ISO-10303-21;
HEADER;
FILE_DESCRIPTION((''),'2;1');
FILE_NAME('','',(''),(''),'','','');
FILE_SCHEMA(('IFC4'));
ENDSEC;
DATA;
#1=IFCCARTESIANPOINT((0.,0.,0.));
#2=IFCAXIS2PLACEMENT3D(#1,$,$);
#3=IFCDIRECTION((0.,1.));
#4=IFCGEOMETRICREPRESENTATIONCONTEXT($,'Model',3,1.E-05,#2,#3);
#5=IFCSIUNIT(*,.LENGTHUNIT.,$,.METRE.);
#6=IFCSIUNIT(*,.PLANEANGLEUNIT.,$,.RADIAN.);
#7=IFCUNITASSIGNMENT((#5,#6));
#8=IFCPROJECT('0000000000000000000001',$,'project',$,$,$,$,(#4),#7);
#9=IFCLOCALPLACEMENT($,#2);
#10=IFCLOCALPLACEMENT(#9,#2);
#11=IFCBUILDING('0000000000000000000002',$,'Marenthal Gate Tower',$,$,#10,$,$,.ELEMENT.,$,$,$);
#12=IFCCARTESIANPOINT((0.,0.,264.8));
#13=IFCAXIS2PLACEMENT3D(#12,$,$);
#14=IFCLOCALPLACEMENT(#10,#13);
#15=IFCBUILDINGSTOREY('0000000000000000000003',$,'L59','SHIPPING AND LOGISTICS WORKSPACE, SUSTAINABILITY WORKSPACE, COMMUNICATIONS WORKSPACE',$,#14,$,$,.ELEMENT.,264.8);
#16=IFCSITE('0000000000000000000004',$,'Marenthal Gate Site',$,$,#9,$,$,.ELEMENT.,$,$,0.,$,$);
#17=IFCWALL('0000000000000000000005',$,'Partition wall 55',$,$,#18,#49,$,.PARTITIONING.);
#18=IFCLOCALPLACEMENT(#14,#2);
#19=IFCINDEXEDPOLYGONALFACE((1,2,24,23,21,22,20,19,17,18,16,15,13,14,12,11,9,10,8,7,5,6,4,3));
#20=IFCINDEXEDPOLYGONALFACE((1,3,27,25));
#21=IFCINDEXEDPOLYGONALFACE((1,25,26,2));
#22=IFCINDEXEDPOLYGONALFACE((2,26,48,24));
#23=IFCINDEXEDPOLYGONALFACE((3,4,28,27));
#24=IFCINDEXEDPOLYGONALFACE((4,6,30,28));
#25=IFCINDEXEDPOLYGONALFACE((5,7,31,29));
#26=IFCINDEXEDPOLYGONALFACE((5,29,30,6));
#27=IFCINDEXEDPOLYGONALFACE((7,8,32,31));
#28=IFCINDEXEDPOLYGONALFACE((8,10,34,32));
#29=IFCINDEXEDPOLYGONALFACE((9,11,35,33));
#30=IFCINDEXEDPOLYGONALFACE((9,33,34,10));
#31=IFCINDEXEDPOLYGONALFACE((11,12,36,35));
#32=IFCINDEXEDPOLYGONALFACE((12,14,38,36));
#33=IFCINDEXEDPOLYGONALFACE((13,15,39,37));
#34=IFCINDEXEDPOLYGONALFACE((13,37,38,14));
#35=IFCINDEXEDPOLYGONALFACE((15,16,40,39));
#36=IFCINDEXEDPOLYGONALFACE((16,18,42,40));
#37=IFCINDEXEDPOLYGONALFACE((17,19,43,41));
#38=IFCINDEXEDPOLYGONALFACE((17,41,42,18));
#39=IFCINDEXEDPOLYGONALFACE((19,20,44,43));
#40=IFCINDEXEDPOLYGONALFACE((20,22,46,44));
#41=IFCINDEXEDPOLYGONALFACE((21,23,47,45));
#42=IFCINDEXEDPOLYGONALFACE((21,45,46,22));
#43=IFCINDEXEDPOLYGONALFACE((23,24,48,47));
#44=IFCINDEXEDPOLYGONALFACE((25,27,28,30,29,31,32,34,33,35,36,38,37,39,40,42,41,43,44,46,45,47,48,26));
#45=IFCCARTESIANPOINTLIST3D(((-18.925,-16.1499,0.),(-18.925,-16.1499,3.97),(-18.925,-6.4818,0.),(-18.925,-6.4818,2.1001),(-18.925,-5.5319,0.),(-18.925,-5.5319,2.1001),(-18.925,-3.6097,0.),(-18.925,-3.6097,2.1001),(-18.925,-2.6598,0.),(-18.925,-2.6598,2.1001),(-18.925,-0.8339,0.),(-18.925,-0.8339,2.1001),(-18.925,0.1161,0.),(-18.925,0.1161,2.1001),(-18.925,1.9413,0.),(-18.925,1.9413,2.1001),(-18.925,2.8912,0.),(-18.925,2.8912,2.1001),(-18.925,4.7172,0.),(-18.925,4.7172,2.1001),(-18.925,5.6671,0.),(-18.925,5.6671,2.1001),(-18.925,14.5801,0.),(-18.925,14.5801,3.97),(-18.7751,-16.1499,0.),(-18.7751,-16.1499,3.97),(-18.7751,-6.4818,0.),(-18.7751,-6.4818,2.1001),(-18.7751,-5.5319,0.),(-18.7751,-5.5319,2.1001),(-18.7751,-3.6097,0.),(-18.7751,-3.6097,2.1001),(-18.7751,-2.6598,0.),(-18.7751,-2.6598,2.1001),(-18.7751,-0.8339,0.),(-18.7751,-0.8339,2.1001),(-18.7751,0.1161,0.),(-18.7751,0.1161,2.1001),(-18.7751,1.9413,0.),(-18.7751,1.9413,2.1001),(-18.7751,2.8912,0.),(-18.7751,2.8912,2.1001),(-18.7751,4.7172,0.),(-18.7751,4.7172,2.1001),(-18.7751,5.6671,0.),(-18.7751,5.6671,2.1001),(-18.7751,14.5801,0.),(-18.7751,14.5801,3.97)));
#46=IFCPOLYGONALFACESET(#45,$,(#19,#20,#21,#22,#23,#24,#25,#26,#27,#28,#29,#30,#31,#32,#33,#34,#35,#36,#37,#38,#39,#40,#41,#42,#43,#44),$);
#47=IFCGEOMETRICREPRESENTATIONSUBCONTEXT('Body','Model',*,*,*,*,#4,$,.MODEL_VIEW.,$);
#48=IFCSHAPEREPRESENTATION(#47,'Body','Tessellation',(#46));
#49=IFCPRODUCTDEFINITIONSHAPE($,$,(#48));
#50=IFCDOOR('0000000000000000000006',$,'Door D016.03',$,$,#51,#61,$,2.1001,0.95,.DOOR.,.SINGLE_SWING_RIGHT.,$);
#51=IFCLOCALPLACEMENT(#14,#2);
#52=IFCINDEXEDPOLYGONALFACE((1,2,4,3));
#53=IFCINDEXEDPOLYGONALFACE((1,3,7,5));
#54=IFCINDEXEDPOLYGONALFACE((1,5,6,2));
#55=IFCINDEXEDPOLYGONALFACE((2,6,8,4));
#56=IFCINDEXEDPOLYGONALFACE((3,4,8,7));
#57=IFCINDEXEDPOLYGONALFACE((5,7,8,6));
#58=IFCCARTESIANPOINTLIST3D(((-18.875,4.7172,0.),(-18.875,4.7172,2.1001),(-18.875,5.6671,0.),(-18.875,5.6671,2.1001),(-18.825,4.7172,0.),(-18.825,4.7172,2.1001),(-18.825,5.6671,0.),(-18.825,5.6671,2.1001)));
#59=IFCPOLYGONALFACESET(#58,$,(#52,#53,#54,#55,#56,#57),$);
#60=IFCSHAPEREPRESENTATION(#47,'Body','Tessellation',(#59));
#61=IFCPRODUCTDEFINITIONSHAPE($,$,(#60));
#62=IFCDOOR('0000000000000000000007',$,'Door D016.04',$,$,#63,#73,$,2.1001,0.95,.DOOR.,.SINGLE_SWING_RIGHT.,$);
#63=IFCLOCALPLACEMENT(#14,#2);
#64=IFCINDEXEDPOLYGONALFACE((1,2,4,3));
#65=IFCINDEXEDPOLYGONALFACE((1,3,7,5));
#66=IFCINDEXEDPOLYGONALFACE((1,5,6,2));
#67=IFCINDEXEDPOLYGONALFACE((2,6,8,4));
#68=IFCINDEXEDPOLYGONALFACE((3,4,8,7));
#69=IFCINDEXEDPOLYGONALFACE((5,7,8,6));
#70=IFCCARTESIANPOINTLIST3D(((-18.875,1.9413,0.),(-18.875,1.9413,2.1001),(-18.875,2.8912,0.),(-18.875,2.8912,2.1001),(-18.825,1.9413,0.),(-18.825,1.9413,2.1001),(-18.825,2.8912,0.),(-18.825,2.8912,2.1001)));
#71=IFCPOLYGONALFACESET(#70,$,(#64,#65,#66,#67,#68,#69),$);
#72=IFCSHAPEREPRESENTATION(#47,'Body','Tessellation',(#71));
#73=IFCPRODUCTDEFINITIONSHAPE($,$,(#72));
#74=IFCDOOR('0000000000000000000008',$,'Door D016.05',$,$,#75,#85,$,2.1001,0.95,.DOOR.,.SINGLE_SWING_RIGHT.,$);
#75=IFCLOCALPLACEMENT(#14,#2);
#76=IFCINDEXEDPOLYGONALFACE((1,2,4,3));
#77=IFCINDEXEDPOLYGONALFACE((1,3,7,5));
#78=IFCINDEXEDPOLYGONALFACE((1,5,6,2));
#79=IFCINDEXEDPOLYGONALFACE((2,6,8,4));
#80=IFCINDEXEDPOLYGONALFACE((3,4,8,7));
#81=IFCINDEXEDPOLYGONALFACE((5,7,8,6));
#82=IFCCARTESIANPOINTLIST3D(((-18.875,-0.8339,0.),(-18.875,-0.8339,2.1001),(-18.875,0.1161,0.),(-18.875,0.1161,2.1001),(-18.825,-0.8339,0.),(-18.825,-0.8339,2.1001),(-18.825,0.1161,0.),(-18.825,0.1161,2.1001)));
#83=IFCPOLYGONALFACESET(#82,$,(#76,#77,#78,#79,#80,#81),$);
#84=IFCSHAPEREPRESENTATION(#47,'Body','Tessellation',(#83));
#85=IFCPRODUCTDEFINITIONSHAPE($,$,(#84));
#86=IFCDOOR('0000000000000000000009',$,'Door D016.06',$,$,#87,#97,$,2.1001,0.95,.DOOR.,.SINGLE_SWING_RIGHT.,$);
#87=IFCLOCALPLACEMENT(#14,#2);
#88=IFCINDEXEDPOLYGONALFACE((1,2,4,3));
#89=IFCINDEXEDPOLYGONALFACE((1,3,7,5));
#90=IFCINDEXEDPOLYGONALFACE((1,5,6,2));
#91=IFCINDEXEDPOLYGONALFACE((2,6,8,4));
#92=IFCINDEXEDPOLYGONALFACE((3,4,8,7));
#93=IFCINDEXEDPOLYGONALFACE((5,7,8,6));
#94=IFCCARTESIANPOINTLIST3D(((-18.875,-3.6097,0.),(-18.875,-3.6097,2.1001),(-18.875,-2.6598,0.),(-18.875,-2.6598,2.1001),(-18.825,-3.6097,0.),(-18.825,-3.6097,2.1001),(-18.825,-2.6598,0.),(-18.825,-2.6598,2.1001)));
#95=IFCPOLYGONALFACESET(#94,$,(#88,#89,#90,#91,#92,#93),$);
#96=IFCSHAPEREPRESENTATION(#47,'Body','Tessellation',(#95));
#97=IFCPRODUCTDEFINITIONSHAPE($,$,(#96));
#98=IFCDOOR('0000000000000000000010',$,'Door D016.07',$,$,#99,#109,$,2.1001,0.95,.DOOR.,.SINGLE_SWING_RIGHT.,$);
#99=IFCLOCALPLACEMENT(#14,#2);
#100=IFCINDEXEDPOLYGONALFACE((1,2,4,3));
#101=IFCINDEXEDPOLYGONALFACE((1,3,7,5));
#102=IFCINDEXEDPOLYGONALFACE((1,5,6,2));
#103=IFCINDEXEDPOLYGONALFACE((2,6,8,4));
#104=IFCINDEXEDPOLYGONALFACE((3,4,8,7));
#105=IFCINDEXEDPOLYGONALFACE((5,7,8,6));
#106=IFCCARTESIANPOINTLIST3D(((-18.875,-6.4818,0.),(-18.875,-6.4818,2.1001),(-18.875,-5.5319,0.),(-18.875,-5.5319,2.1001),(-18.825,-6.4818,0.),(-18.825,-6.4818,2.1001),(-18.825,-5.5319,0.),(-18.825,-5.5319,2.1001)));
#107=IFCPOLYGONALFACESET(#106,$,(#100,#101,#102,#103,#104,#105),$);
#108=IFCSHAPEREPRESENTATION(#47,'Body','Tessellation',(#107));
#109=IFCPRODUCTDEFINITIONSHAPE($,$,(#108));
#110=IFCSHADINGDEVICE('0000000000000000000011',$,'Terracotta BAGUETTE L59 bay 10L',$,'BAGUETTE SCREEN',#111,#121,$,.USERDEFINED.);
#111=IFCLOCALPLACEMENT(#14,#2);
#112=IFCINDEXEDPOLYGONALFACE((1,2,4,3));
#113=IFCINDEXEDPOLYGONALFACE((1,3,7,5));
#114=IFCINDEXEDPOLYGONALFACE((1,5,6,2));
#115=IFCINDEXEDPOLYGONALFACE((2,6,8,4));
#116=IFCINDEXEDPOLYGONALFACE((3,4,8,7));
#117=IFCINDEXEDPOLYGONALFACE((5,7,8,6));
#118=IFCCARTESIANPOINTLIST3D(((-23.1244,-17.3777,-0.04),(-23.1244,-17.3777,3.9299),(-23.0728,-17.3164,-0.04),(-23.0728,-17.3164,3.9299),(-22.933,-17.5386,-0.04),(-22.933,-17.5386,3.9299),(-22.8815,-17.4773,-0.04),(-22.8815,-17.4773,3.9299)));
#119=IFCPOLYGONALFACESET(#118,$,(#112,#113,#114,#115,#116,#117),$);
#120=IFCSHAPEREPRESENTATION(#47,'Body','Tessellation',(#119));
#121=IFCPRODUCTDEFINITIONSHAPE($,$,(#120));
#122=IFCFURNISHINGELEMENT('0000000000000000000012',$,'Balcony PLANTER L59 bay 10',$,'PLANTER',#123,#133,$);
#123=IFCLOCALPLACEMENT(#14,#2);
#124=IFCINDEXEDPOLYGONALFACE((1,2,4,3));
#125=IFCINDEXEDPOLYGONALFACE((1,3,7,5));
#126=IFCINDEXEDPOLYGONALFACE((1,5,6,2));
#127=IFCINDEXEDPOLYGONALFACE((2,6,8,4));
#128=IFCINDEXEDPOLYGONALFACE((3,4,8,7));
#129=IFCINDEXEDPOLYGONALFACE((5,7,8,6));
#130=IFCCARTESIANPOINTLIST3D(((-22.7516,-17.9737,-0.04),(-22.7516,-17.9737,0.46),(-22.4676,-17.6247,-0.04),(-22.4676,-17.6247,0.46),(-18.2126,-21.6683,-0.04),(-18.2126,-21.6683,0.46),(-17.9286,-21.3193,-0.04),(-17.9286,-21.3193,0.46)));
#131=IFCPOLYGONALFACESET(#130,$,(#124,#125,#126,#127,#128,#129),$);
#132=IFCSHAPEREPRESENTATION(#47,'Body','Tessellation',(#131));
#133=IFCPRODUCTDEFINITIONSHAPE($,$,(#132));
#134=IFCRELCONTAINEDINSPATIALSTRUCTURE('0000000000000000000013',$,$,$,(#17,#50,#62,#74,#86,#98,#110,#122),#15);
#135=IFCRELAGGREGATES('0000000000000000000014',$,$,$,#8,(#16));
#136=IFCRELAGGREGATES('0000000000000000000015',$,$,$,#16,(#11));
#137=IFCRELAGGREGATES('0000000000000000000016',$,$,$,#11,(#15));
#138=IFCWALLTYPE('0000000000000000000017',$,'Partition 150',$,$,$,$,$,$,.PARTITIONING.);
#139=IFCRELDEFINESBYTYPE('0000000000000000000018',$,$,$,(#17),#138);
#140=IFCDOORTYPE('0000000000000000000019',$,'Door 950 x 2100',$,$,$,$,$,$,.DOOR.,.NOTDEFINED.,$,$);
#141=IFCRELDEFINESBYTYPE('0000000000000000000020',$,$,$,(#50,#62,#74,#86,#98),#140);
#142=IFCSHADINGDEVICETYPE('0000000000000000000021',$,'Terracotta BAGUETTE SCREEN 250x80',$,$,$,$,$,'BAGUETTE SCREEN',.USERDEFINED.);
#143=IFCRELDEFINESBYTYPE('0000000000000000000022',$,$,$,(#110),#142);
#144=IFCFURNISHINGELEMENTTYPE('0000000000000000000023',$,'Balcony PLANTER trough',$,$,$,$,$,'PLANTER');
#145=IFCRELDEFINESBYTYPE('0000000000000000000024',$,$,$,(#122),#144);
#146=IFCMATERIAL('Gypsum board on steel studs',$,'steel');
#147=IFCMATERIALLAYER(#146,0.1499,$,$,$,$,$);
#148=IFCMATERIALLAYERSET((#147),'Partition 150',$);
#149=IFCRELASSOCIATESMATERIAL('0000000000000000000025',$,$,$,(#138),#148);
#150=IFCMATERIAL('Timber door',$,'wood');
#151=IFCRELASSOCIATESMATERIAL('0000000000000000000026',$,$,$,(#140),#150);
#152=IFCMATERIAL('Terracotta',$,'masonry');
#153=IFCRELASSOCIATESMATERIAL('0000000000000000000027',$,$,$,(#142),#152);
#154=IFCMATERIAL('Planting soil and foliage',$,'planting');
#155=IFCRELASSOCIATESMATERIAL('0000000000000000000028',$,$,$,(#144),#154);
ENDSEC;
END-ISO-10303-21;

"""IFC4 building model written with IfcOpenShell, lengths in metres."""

from ifc_helpers import new_model, si_unit, direction, frame, frame_2d, origin, origin_2d, place, context, subcontext, project, spatial, rectangle, extrude, material, layer, layer_set, material_profile, profile_set, type_object, element, fill, save


model = new_model("IFC4")

# Units and contexts
model_context = context("Model", 3, precision=1e-05, world=origin(), true_north=direction((0.0, 1.0)))
body_context = subcontext(model_context, "Body", "Model", "MODEL_VIEW")
ifc_project = project(units=[si_unit("LENGTHUNIT", "METRE"), si_unit("PLANEANGLEUNIT", "RADIAN")], contexts=[model_context])

# Site, building, storey
site_placement = place(None, origin())
site = spatial("IfcSite", under=ifc_project, at=site_placement, Name="Marenthal Gate Site", CompositionType="ELEMENT", RefElevation=0.0)
building_placement = place(site_placement, origin())
building = spatial("IfcBuilding", under=site, at=building_placement, Name="Marenthal Gate Tower", CompositionType="ELEMENT")
storey_placement = place(building_placement, frame((0.0, 0.0, 264.8)))
storey = spatial("IfcBuildingStorey", under=building, at=storey_placement, Name="L59", Description="SHIPPING AND LOGISTICS WORKSPACE, SUSTAINABILITY WORKSPACE, COMMUNICATIONS WORKSPACE", CompositionType="ELEMENT", Elevation=264.8)

# Wall, openings, doors
ifc_material_1 = material(Name="Gypsum board on steel studs", Category="steel")
ifc_layer_1 = layer(ifc_material_1, 0.1499)
ifc_layer_set_1 = layer_set([ifc_layer_1], Name="Partition 150")
wall_type_1 = type_object("IfcWallType", Name="Partition 150", PredefinedType="PARTITIONING", material=ifc_layer_set_1)
wall_1_placement = place(storey_placement, frame((-18.8501, -16.1499, 0.0), z_axis=(0.0, 0.0, 1.0), x_axis=(0.0, 1.0, 0.0)))
wall_1 = element("IfcWall", 1, at=wall_1_placement, inside=storey, type_object=wall_type_1, Name="Partition wall 55", PredefinedType="PARTITIONING", context=body_context, shape_type="SweptSolid", body=[
    extrude(rectangle(XDim=30.73, YDim=0.1499, at=frame_2d((15.365, 0.0))), origin(), (0.0, 0.0, 1.0), 3.97),
])
opening_1_placement = place(wall_1_placement, frame((20.8669, 0.0, 0.0)))
opening_1 = element("IfcOpeningElement", 2, at=opening_1_placement, cuts=wall_1, PredefinedType="OPENING", context=body_context, shape_type="SweptSolid", body=[
    extrude(rectangle(XDim=0.95, YDim=2.1001, at=frame_2d((0.4751, 1.05))), frame((0.0, 0.085, 0.0), z_axis=(0.0, -1.0, 0.0), x_axis=(1.0, 0.0, 0.0)), (0.0, 0.0, 1.0), 0.1699),
])
opening_2_placement = place(wall_1_placement, frame((18.0911, 0.0, 0.0)))
opening_2 = element("IfcOpeningElement", 3, at=opening_2_placement, cuts=wall_1, PredefinedType="OPENING", context=body_context, shape_type="SweptSolid", body=[
    extrude(rectangle(XDim=0.95, YDim=2.1001, at=frame_2d((0.4751, 1.05))), frame((0.0, 0.085, 0.0), z_axis=(0.0, -1.0, 0.0), x_axis=(1.0, 0.0, 0.0)), (0.0, 0.0, 1.0), 0.1699),
])
opening_3_placement = place(wall_1_placement, frame((15.3159, 0.0, 0.0)))
opening_3 = element("IfcOpeningElement", 4, at=opening_3_placement, cuts=wall_1, PredefinedType="OPENING", context=body_context, shape_type="SweptSolid", body=[
    extrude(rectangle(XDim=0.95, YDim=2.1001, at=frame_2d((0.4751, 1.05))), frame((0.0, 0.085, 0.0), z_axis=(0.0, -1.0, 0.0), x_axis=(1.0, 0.0, 0.0)), (0.0, 0.0, 1.0), 0.1699),
])
opening_4_placement = place(wall_1_placement, frame((12.54, 0.0, 0.0)))
opening_4 = element("IfcOpeningElement", 5, at=opening_4_placement, cuts=wall_1, PredefinedType="OPENING", context=body_context, shape_type="SweptSolid", body=[
    extrude(rectangle(XDim=0.95, YDim=2.1001, at=frame_2d((0.4751, 1.05))), frame((0.0, 0.085, 0.0), z_axis=(0.0, -1.0, 0.0), x_axis=(1.0, 0.0, 0.0)), (0.0, 0.0, 1.0), 0.1699),
])
opening_5_placement = place(wall_1_placement, frame((9.668, 0.0, 0.0)))
opening_5 = element("IfcOpeningElement", 6, at=opening_5_placement, cuts=wall_1, PredefinedType="OPENING", context=body_context, shape_type="SweptSolid", body=[
    extrude(rectangle(XDim=0.95, YDim=2.1001, at=frame_2d((0.4751, 1.05))), frame((0.0, 0.085, 0.0), z_axis=(0.0, -1.0, 0.0), x_axis=(1.0, 0.0, 0.0)), (0.0, 0.0, 1.0), 0.1699),
])
ifc_material_2 = material(Name="Timber door", Category="wood")
door_type_1 = type_object("IfcDoorType", Name="Door 950 x 2100", OperationType="NOTDEFINED", PredefinedType="DOOR", material=ifc_material_2)
door_1_placement = place(opening_1_placement, origin())
door_1 = element("IfcDoor", 7, at=door_1_placement, inside=storey, type_object=door_type_1, Name="Door D016.03", OperationType="SINGLE_SWING_RIGHT", OverallHeight=2.1001, OverallWidth=0.95, PredefinedType="DOOR", context=body_context, shape_type="SweptSolid", body=[
    extrude(rectangle(XDim=0.95, YDim=2.1001, at=frame_2d((0.4751, 1.05))), frame((0.0, 0.0249, 0.0), z_axis=(0.0, -1.0, 0.0), x_axis=(1.0, 0.0, 0.0)), (0.0, 0.0, 1.0), 0.05),
])
fill(opening_1, door_1)
door_2_placement = place(opening_2_placement, origin())
door_2 = element("IfcDoor", 8, at=door_2_placement, inside=storey, type_object=door_type_1, Name="Door D016.04", OperationType="SINGLE_SWING_RIGHT", OverallHeight=2.1001, OverallWidth=0.95, PredefinedType="DOOR", context=body_context, shape_type="SweptSolid", body=[
    extrude(rectangle(XDim=0.95, YDim=2.1001, at=frame_2d((0.4751, 1.05))), frame((0.0, 0.0249, 0.0), z_axis=(0.0, -1.0, 0.0), x_axis=(1.0, 0.0, 0.0)), (0.0, 0.0, 1.0), 0.05),
])
fill(opening_2, door_2)
door_3_placement = place(opening_3_placement, origin())
door_3 = element("IfcDoor", 9, at=door_3_placement, inside=storey, type_object=door_type_1, Name="Door D016.05", OperationType="SINGLE_SWING_RIGHT", OverallHeight=2.1001, OverallWidth=0.95, PredefinedType="DOOR", context=body_context, shape_type="SweptSolid", body=[
    extrude(rectangle(XDim=0.95, YDim=2.1001, at=frame_2d((0.4751, 1.05))), frame((0.0, 0.0249, 0.0), z_axis=(0.0, -1.0, 0.0), x_axis=(1.0, 0.0, 0.0)), (0.0, 0.0, 1.0), 0.05),
])
fill(opening_3, door_3)
door_4_placement = place(opening_4_placement, origin())
door_4 = element("IfcDoor", 10, at=door_4_placement, inside=storey, type_object=door_type_1, Name="Door D016.06", OperationType="SINGLE_SWING_RIGHT", OverallHeight=2.1001, OverallWidth=0.95, PredefinedType="DOOR", context=body_context, shape_type="SweptSolid", body=[
    extrude(rectangle(XDim=0.95, YDim=2.1001, at=frame_2d((0.4751, 1.05))), frame((0.0, 0.0249, 0.0), z_axis=(0.0, -1.0, 0.0), x_axis=(1.0, 0.0, 0.0)), (0.0, 0.0, 1.0), 0.05),
])
fill(opening_4, door_4)
door_5_placement = place(opening_5_placement, origin())
door_5 = element("IfcDoor", 11, at=door_5_placement, inside=storey, type_object=door_type_1, Name="Door D016.07", OperationType="SINGLE_SWING_RIGHT", OverallHeight=2.1001, OverallWidth=0.95, PredefinedType="DOOR", context=body_context, shape_type="SweptSolid", body=[
    extrude(rectangle(XDim=0.95, YDim=2.1001, at=frame_2d((0.4751, 1.05))), frame((0.0, 0.0249, 0.0), z_axis=(0.0, -1.0, 0.0), x_axis=(1.0, 0.0, 0.0)), (0.0, 0.0, 1.0), 0.05),
])
fill(opening_5, door_5)

# Shading device
ifc_material_3 = material(Name="Terracotta", Category="masonry")
ifc_material_profile_1 = material_profile(ifc_material_3, rectangle(XDim=0.25, YDim=0.0801, at=origin_2d()), Name="Terracotta baguette 250x80")
ifc_profile_set_1 = profile_set([ifc_material_profile_1], Name="Terracotta")
shading_device_type = type_object("IfcShadingDeviceType", Name="Terracotta BAGUETTE SCREEN 250x80", ElementType="BAGUETTE SCREEN", PredefinedType="USERDEFINED", material=ifc_profile_set_1)
shading_device_placement = place(storey_placement, frame((-23.0029, -17.4275, -0.04), z_axis=(0.0, 0.0, 1.0), x_axis=(0.765301, -0.643672, 0.0)))
element("IfcShadingDevice", 12, at=shading_device_placement, inside=storey, type_object=shading_device_type, Name="Terracotta BAGUETTE L59 bay 10L", ObjectType="BAGUETTE SCREEN", PredefinedType="USERDEFINED", context=body_context, shape_type="SweptSolid", body=[
    extrude(rectangle(XDim=0.25, YDim=0.0801, at=origin_2d()), origin(), (0.0, 0.0, 1.0), 3.97),
])

# Furnishing element
ifc_material_4 = material(Name="Planting soil and foliage", Category="planting")
furnishing_element_type = type_object("IfcFurnishingElementType", Name="Balcony PLANTER trough", ElementType="PLANTER", material=ifc_material_4)
furnishing_placement = place(storey_placement, frame((-20.3401, -19.6465, -0.04), z_axis=(0.0, 0.0, 1.0), x_axis=(0.775557, -0.631278, 0.0)))
element("IfcFurnishingElement", 13, at=furnishing_placement, inside=storey, type_object=furnishing_element_type, Name="Balcony PLANTER L59 bay 10", ObjectType="PLANTER", context=body_context, shape_type="SweptSolid", body=[
    extrude(rectangle(XDim=5.8525, YDim=0.45, at=origin_2d()), origin(), (0.0, 0.0, 1.0), 0.5),
])

save(model, "model.ifc")
